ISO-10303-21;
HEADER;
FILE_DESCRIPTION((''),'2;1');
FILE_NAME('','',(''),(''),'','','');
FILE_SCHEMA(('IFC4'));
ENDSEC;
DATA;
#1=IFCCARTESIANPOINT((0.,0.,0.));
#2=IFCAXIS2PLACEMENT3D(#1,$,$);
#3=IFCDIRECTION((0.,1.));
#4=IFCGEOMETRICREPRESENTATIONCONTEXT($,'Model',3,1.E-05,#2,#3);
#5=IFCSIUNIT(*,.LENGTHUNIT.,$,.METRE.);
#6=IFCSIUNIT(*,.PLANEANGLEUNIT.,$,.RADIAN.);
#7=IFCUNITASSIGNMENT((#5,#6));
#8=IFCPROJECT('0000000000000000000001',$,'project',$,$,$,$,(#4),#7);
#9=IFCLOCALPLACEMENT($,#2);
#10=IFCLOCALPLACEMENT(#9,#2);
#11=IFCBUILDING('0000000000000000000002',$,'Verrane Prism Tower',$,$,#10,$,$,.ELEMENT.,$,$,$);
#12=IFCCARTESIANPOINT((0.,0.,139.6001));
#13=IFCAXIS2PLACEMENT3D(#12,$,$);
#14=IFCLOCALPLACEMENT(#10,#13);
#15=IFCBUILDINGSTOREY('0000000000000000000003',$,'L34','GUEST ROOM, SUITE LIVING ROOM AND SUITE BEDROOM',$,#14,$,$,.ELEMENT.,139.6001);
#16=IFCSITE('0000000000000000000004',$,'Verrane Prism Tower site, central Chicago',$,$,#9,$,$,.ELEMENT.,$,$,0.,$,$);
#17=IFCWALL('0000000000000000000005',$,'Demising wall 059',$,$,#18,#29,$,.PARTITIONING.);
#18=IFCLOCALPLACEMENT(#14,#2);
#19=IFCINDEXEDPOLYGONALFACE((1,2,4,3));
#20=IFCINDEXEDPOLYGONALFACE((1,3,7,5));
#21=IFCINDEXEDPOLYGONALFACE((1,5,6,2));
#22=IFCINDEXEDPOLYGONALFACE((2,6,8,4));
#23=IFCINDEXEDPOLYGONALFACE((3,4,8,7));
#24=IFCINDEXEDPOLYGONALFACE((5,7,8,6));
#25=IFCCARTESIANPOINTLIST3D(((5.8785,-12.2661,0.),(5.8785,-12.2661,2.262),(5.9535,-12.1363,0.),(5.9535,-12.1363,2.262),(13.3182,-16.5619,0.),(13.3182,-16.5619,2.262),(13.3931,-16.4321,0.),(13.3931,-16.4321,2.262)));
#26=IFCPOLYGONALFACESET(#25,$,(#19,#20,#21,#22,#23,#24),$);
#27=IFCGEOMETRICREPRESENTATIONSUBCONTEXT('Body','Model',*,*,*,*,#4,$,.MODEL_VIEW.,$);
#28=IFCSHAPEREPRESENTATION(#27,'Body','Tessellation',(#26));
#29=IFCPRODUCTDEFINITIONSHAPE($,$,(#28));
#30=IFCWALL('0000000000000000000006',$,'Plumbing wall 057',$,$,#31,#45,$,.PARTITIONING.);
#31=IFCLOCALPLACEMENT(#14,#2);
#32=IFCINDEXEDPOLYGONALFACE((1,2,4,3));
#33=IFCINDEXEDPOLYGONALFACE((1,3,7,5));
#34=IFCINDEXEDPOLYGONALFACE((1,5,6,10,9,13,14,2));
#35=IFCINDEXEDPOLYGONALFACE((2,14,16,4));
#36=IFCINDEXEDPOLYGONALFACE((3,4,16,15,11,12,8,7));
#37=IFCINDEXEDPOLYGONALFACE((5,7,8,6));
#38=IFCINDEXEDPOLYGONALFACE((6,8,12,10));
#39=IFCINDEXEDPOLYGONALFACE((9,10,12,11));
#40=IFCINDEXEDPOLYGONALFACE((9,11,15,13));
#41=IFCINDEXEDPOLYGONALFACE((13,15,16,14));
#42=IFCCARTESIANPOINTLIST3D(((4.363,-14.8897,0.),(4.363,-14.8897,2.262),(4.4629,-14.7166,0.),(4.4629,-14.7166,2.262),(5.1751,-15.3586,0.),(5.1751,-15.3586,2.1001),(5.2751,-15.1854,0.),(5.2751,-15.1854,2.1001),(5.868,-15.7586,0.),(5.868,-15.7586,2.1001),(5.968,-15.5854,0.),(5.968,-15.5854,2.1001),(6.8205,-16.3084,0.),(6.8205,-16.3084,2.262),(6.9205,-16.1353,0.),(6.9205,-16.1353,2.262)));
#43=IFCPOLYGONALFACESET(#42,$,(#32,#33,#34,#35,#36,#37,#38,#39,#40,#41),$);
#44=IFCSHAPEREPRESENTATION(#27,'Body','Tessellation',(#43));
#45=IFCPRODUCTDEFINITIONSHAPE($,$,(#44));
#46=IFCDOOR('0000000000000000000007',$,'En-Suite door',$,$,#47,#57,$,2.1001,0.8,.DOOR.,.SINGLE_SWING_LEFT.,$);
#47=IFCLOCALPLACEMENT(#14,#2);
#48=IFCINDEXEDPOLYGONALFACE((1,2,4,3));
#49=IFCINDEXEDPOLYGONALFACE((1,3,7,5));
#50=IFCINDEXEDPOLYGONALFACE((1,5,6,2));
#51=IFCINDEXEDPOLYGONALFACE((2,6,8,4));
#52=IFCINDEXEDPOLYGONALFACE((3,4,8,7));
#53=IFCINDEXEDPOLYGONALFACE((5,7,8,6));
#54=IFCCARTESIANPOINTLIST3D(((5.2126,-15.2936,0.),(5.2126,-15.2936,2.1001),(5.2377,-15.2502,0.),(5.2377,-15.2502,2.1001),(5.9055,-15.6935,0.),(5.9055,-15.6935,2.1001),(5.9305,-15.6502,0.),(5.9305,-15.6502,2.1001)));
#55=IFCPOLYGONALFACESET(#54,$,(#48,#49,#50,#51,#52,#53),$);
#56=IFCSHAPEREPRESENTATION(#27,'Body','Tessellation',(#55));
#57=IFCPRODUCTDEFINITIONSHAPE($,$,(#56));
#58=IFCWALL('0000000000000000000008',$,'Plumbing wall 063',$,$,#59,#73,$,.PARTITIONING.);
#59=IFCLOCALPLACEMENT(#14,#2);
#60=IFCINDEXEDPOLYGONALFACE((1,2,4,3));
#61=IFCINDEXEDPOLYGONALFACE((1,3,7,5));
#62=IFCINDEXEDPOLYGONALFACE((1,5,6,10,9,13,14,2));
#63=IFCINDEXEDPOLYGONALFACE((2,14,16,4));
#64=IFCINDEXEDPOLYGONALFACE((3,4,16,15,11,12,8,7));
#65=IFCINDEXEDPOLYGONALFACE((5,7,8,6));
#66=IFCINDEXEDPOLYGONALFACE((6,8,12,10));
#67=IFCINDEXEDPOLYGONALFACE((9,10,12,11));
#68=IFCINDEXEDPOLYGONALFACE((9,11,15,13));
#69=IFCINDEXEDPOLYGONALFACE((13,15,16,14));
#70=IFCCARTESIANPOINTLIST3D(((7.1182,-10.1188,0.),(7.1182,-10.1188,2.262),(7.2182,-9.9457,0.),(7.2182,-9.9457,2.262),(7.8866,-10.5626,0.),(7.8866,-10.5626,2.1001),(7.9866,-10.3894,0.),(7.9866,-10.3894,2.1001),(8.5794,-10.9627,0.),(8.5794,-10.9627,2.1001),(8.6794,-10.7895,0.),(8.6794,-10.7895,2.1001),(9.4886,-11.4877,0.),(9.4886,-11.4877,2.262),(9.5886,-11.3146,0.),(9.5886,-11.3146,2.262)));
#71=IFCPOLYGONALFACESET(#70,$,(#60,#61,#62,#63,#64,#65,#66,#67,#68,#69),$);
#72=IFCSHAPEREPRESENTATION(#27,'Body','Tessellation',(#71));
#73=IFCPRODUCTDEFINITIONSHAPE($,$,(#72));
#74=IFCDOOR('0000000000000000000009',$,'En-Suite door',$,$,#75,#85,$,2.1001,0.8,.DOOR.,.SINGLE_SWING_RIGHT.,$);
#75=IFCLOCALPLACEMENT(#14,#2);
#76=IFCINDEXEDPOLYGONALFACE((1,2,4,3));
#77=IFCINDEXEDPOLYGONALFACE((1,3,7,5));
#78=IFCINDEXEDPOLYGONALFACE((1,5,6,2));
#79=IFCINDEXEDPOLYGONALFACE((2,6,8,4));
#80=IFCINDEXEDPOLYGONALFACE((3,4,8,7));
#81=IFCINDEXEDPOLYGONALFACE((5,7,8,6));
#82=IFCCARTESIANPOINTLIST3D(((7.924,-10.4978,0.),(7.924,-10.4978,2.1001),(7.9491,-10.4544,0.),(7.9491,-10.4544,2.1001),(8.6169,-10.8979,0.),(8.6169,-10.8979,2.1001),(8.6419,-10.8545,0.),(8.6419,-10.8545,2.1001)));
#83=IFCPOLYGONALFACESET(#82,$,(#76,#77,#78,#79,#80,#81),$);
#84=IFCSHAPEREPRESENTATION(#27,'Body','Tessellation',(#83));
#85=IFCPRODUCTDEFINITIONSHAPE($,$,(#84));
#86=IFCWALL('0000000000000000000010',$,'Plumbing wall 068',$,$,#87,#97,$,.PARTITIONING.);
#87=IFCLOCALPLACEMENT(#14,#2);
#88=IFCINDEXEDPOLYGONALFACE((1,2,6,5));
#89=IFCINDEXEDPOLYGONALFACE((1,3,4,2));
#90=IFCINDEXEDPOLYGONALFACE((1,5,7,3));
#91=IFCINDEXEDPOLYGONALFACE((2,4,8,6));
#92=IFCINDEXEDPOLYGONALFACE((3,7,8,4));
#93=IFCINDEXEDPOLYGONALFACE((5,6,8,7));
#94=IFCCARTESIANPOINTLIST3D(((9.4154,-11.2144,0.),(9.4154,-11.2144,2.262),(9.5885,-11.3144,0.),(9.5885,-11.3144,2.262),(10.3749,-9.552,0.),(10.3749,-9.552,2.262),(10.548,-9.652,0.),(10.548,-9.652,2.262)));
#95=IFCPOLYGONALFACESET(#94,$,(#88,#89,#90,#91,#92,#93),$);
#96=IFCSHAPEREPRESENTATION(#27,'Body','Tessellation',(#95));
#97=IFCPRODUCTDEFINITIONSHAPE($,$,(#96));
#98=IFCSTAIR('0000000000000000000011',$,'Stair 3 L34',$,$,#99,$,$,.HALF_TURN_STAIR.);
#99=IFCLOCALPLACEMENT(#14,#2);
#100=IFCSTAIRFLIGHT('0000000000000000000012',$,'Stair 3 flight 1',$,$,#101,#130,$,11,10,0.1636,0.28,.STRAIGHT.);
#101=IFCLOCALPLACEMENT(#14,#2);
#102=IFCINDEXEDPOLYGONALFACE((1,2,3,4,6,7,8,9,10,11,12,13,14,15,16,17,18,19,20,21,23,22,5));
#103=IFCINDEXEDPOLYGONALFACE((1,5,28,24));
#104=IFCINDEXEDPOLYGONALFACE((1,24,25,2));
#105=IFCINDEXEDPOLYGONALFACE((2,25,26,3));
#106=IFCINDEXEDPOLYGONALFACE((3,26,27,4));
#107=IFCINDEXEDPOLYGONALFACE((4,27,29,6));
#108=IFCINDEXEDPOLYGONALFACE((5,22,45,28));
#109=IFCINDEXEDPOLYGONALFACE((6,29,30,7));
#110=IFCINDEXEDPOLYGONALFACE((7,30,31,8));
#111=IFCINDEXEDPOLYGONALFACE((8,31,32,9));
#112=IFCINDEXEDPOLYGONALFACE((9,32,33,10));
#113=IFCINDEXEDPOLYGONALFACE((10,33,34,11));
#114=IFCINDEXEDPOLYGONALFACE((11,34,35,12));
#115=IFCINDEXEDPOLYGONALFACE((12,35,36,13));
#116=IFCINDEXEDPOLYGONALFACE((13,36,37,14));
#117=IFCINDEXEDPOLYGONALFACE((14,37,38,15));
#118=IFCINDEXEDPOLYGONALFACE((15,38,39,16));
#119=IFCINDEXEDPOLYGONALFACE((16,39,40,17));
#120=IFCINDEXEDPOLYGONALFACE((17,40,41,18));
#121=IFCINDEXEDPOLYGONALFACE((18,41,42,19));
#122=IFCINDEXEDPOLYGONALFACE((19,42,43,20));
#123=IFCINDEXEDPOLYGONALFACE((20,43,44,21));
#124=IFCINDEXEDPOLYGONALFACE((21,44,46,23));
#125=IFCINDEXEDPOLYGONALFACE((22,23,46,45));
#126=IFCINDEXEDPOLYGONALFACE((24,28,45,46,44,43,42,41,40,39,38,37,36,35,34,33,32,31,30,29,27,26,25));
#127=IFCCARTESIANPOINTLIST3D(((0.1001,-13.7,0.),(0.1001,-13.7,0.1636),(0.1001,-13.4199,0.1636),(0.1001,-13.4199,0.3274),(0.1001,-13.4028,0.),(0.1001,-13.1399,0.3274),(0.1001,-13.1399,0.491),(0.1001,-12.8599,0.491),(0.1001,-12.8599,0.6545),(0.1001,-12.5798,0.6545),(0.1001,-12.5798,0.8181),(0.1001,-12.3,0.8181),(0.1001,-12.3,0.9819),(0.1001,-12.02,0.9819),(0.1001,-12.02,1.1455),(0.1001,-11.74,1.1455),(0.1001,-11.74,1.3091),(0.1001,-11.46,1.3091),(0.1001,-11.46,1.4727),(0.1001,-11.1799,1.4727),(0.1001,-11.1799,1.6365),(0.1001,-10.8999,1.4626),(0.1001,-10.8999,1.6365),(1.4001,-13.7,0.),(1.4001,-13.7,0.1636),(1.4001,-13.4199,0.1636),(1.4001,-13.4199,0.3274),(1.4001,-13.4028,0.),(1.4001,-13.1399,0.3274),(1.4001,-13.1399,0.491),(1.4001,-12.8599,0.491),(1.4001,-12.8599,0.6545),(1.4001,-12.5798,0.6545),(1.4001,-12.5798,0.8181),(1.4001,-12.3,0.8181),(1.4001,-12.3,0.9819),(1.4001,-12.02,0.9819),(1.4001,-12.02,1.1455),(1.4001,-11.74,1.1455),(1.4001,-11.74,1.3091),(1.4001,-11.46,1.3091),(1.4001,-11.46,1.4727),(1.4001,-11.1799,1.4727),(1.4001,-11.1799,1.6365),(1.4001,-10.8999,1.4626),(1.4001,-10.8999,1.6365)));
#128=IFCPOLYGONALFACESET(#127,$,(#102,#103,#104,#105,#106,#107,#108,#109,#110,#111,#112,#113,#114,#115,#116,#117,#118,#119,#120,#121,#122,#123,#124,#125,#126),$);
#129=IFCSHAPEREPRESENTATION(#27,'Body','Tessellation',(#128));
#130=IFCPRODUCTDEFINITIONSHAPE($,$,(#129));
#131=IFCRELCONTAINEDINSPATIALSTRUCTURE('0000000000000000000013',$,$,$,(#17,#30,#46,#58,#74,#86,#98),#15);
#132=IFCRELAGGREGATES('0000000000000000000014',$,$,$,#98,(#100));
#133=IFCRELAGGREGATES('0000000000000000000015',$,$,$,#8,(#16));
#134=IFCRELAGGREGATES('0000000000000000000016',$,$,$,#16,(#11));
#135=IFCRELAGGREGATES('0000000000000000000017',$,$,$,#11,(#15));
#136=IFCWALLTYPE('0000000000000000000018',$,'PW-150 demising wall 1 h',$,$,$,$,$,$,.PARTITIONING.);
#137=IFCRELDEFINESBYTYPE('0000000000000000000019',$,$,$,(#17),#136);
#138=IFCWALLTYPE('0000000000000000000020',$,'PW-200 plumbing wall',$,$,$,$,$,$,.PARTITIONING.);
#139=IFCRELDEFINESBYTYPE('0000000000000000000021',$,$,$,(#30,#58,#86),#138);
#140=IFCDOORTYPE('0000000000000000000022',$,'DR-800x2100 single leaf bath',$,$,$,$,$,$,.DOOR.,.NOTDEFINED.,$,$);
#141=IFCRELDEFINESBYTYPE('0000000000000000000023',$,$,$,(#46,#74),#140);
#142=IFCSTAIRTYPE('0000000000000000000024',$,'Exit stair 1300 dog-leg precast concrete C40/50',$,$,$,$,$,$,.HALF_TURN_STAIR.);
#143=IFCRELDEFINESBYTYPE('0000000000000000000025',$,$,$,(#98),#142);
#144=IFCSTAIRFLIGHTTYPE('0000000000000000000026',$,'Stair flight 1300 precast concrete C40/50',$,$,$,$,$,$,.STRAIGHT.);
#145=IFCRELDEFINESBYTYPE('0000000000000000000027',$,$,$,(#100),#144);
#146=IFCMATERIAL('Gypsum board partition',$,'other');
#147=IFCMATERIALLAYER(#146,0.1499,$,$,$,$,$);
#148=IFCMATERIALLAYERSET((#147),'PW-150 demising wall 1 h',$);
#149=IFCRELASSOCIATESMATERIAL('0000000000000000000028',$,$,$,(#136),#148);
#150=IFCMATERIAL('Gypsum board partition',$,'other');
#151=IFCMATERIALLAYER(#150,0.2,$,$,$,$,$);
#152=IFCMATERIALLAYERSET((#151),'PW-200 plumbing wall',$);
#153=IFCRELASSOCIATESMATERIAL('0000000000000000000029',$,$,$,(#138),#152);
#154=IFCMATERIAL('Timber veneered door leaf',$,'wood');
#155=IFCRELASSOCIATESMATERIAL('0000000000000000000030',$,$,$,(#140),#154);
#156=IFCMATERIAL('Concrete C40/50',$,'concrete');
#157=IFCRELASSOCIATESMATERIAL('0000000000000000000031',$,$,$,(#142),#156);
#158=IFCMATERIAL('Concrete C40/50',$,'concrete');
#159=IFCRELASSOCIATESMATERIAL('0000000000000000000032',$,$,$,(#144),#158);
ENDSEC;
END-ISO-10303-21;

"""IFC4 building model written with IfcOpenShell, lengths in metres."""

from ifc_helpers import new_model, si_unit, direction, frame, frame_2d, origin, place, context, subcontext, project, spatial, polyline, rectangle, outline, extrude, material, layer, layer_set, type_object, element, fill, aggregate, save


model = new_model("IFC4")

# Units and contexts
model_context = context("Model", 3, precision=1e-05, world=origin(), true_north=direction((0.0, 1.0)))
body_context = subcontext(model_context, "Body", "Model", "MODEL_VIEW")
ifc_project = project(units=[si_unit("LENGTHUNIT", "METRE"), si_unit("PLANEANGLEUNIT", "RADIAN")], contexts=[model_context])

# Site, building, storey
site_placement = place(None, origin())
site = spatial("IfcSite", under=ifc_project, at=site_placement, Name="Verrane Prism Tower site, central Chicago", CompositionType="ELEMENT", RefElevation=0.0)
building_placement = place(site_placement, origin())
building = spatial("IfcBuilding", under=site, at=building_placement, Name="Verrane Prism Tower", CompositionType="ELEMENT")
storey_placement = place(building_placement, frame((0.0, 0.0, 139.6001)))
storey = spatial("IfcBuildingStorey", under=building, at=storey_placement, Name="L34", Description="GUEST ROOM, SUITE LIVING ROOM AND SUITE BEDROOM", CompositionType="ELEMENT", Elevation=139.6001)

# Wall
ifc_material_1 = material(Name="Gypsum board partition", Category="other")
ifc_layer_1 = layer(ifc_material_1, 0.1499)
ifc_layer_set_1 = layer_set([ifc_layer_1], Name="PW-150 demising wall 1 h")
wall_type_1 = type_object("IfcWallType", Name="PW-150 demising wall 1 h", PredefinedType="PARTITIONING", material=ifc_layer_set_1)
wall_1_placement = place(storey_placement, frame((5.916, -12.2012, 0.0), z_axis=(0.0, 0.0, 1.0), x_axis=(0.865996, -0.500051, 0.0)))
element("IfcWall", 1, at=wall_1_placement, inside=storey, type_object=wall_type_1, Name="Demising wall 059", PredefinedType="PARTITIONING", context=body_context, shape_type="SweptSolid", body=[
    extrude(rectangle(XDim=8.5908, YDim=0.1499, at=frame_2d((4.2954, 0.0))), origin(), (0.0, 0.0, 1.0), 2.262),
])

# Walls, openings, doors
ifc_material_2 = material(Name="Gypsum board partition", Category="other")
ifc_layer_2 = layer(ifc_material_2, 0.2)
ifc_layer_set_2 = layer_set([ifc_layer_2], Name="PW-200 plumbing wall")
wall_type_2 = type_object("IfcWallType", Name="PW-200 plumbing wall", PredefinedType="PARTITIONING", material=ifc_layer_set_2)
wall_2_placement = place(storey_placement, frame((6.8706, -16.2219, 0.0), z_axis=(0.0, 0.0, 1.0), x_axis=(-0.866048, 0.499961, 0.0)))
wall_2 = element("IfcWall", 2, at=wall_2_placement, inside=storey, type_object=wall_type_2, Name="Plumbing wall 057", PredefinedType="PARTITIONING", context=body_context, shape_type="SweptSolid", body=[
    extrude(rectangle(XDim=2.8376, YDim=0.2, at=frame_2d((1.4189, 0.0))), origin(), (0.0, 0.0, 1.0), 2.262),
])
opening_1_placement = place(wall_2_placement, frame((1.1001, 0.0, 0.0)))
opening_1 = element("IfcOpeningElement", 3, at=opening_1_placement, cuts=wall_2, PredefinedType="OPENING", context=body_context, shape_type="SweptSolid", body=[
    extrude(rectangle(XDim=0.8, YDim=2.1001, at=frame_2d((0.3999, 1.05))), frame((0.0, 0.1099, 0.0), z_axis=(0.0, -1.0, 0.0), x_axis=(1.0, 0.0, 0.0)), (0.0, 0.0, 1.0), 0.22),
])
ifc_material_3 = material(Name="Timber veneered door leaf", Category="wood")
door_type_1 = type_object("IfcDoorType", Name="DR-800x2100 single leaf bath", OperationType="NOTDEFINED", PredefinedType="DOOR", material=ifc_material_3)
door_1_placement = place(opening_1_placement, origin())
door_1 = element("IfcDoor", 4, at=door_1_placement, inside=storey, type_object=door_type_1, Name="En-Suite door", OperationType="SINGLE_SWING_LEFT", OverallHeight=2.1001, OverallWidth=0.8, PredefinedType="DOOR", context=body_context, shape_type="SweptSolid", body=[
    extrude(rectangle(XDim=0.8, YDim=2.1001, at=frame_2d((0.3999, 1.05))), frame((0.0, 0.0249, 0.0), z_axis=(0.0, -1.0, 0.0), x_axis=(1.0, 0.0, 0.0)), (0.0, 0.0, 1.0), 0.05),
])
fill(opening_1, door_1)
wall_3_placement = place(storey_placement, frame((7.1682, -10.0322, 0.0), z_axis=(0.0, 0.0, 1.0), x_axis=(0.865967, -0.500101, 0.0)))
wall_3 = element("IfcWall", 5, at=wall_3_placement, inside=storey, type_object=wall_type_2, Name="Plumbing wall 063", PredefinedType="PARTITIONING", context=body_context, shape_type="SweptSolid", body=[
    extrude(rectangle(XDim=2.7373, YDim=0.2, at=frame_2d((1.3687, 0.0))), origin(), (0.0, 0.0, 1.0), 2.262),
])
opening_2_placement = place(wall_3_placement, frame((0.8875, 0.0, 0.0)))
opening_2 = element("IfcOpeningElement", 6, at=opening_2_placement, cuts=wall_3, PredefinedType="OPENING", context=body_context, shape_type="SweptSolid", body=[
    extrude(rectangle(XDim=0.8, YDim=2.1001, at=frame_2d((0.3999, 1.05))), frame((0.0, 0.1099, 0.0), z_axis=(0.0, -1.0, 0.0), x_axis=(1.0, 0.0, 0.0)), (0.0, 0.0, 1.0), 0.22),
])
door_2_placement = place(opening_2_placement, origin())
door_2 = element("IfcDoor", 7, at=door_2_placement, inside=storey, type_object=door_type_1, Name="En-Suite door", OperationType="SINGLE_SWING_RIGHT", OverallHeight=2.1001, OverallWidth=0.8, PredefinedType="DOOR", context=body_context, shape_type="SweptSolid", body=[
    extrude(rectangle(XDim=0.8, YDim=2.1001, at=frame_2d((0.3999, 1.05))), frame((0.0, 0.0249, 0.0), z_axis=(0.0, -1.0, 0.0), x_axis=(1.0, 0.0, 0.0)), (0.0, 0.0, 1.0), 0.05),
])
fill(opening_2, door_2)

# Wall
wall_4_placement = place(storey_placement, frame((9.502, -11.2644, 0.0), z_axis=(0.0, 0.0, 1.0), x_axis=(0.499888, 0.86609, 0.0)))
element("IfcWall", 8, at=wall_4_placement, inside=storey, type_object=wall_type_2, Name="Plumbing wall 068", PredefinedType="PARTITIONING", context=body_context, shape_type="SweptSolid", body=[
    extrude(rectangle(XDim=1.9194, YDim=0.2, at=frame_2d((0.9597, 0.0))), origin(), (0.0, 0.0, 1.0), 2.262),
])

# Stair, stair flight
ifc_material_4 = material(Name="Concrete C40/50", Category="concrete")
stair_type = type_object("IfcStairType", Name="Exit stair 1300 dog-leg precast concrete C40/50", PredefinedType="HALF_TURN_STAIR", material=ifc_material_4)
stair_placement = place(storey_placement, origin())
stair = element("IfcStair", 9, at=stair_placement, inside=storey, type_object=stair_type, Name="Stair 3 L34", PredefinedType="HALF_TURN_STAIR")
ifc_material_5 = material(Name="Concrete C40/50", Category="concrete")
stair_flight_type = type_object("IfcStairFlightType", Name="Stair flight 1300 precast concrete C40/50", PredefinedType="STRAIGHT", material=ifc_material_5)
stair_flight_placement = place(storey_placement, frame((0.75, -13.7, 0.0), z_axis=(0.0, 0.0, 1.0), x_axis=(0.0, 1.0, 0.0)))
stair_flight = element("IfcStairFlight", 10, at=stair_flight_placement, type_object=stair_flight_type, Name="Stair 3 flight 1", NumberOfRisers=11, NumberOfTreads=10, PredefinedType="STRAIGHT", RiserHeight=0.1636, TreadLength=0.28, context=body_context, shape_type="SweptSolid", body=[
    extrude(outline(polyline([(0.0, 0.0), (0.0, 0.1636), (0.28, 0.1636), (0.28, 0.3274), (0.5601, 0.3274), (0.5601, 0.491), (0.8401, 0.491), (0.8401, 0.6545), (1.1201, 0.6545), (1.1201, 0.8181), (1.3999, 0.8181), (1.3999, 0.9819), (1.6799, 0.9819), (1.6799, 1.1455), (1.96, 1.1455), (1.96, 1.3091), (2.24, 1.3091), (2.24, 1.4727), (2.52, 1.4727), (2.52, 1.6365), (2.8, 1.6365), (2.8, 1.8), (2.8, 1.4626), (0.2971, 0.0), (0.0, 0.0)])), frame((0.0, 0.6499, 0.0), z_axis=(0.0, -1.0, 0.0), x_axis=(1.0, 0.0, 0.0)), (0.0, 0.0, 1.0), 1.3),
])
aggregate(stair, [stair_flight])

save(model, "model.ifc")
